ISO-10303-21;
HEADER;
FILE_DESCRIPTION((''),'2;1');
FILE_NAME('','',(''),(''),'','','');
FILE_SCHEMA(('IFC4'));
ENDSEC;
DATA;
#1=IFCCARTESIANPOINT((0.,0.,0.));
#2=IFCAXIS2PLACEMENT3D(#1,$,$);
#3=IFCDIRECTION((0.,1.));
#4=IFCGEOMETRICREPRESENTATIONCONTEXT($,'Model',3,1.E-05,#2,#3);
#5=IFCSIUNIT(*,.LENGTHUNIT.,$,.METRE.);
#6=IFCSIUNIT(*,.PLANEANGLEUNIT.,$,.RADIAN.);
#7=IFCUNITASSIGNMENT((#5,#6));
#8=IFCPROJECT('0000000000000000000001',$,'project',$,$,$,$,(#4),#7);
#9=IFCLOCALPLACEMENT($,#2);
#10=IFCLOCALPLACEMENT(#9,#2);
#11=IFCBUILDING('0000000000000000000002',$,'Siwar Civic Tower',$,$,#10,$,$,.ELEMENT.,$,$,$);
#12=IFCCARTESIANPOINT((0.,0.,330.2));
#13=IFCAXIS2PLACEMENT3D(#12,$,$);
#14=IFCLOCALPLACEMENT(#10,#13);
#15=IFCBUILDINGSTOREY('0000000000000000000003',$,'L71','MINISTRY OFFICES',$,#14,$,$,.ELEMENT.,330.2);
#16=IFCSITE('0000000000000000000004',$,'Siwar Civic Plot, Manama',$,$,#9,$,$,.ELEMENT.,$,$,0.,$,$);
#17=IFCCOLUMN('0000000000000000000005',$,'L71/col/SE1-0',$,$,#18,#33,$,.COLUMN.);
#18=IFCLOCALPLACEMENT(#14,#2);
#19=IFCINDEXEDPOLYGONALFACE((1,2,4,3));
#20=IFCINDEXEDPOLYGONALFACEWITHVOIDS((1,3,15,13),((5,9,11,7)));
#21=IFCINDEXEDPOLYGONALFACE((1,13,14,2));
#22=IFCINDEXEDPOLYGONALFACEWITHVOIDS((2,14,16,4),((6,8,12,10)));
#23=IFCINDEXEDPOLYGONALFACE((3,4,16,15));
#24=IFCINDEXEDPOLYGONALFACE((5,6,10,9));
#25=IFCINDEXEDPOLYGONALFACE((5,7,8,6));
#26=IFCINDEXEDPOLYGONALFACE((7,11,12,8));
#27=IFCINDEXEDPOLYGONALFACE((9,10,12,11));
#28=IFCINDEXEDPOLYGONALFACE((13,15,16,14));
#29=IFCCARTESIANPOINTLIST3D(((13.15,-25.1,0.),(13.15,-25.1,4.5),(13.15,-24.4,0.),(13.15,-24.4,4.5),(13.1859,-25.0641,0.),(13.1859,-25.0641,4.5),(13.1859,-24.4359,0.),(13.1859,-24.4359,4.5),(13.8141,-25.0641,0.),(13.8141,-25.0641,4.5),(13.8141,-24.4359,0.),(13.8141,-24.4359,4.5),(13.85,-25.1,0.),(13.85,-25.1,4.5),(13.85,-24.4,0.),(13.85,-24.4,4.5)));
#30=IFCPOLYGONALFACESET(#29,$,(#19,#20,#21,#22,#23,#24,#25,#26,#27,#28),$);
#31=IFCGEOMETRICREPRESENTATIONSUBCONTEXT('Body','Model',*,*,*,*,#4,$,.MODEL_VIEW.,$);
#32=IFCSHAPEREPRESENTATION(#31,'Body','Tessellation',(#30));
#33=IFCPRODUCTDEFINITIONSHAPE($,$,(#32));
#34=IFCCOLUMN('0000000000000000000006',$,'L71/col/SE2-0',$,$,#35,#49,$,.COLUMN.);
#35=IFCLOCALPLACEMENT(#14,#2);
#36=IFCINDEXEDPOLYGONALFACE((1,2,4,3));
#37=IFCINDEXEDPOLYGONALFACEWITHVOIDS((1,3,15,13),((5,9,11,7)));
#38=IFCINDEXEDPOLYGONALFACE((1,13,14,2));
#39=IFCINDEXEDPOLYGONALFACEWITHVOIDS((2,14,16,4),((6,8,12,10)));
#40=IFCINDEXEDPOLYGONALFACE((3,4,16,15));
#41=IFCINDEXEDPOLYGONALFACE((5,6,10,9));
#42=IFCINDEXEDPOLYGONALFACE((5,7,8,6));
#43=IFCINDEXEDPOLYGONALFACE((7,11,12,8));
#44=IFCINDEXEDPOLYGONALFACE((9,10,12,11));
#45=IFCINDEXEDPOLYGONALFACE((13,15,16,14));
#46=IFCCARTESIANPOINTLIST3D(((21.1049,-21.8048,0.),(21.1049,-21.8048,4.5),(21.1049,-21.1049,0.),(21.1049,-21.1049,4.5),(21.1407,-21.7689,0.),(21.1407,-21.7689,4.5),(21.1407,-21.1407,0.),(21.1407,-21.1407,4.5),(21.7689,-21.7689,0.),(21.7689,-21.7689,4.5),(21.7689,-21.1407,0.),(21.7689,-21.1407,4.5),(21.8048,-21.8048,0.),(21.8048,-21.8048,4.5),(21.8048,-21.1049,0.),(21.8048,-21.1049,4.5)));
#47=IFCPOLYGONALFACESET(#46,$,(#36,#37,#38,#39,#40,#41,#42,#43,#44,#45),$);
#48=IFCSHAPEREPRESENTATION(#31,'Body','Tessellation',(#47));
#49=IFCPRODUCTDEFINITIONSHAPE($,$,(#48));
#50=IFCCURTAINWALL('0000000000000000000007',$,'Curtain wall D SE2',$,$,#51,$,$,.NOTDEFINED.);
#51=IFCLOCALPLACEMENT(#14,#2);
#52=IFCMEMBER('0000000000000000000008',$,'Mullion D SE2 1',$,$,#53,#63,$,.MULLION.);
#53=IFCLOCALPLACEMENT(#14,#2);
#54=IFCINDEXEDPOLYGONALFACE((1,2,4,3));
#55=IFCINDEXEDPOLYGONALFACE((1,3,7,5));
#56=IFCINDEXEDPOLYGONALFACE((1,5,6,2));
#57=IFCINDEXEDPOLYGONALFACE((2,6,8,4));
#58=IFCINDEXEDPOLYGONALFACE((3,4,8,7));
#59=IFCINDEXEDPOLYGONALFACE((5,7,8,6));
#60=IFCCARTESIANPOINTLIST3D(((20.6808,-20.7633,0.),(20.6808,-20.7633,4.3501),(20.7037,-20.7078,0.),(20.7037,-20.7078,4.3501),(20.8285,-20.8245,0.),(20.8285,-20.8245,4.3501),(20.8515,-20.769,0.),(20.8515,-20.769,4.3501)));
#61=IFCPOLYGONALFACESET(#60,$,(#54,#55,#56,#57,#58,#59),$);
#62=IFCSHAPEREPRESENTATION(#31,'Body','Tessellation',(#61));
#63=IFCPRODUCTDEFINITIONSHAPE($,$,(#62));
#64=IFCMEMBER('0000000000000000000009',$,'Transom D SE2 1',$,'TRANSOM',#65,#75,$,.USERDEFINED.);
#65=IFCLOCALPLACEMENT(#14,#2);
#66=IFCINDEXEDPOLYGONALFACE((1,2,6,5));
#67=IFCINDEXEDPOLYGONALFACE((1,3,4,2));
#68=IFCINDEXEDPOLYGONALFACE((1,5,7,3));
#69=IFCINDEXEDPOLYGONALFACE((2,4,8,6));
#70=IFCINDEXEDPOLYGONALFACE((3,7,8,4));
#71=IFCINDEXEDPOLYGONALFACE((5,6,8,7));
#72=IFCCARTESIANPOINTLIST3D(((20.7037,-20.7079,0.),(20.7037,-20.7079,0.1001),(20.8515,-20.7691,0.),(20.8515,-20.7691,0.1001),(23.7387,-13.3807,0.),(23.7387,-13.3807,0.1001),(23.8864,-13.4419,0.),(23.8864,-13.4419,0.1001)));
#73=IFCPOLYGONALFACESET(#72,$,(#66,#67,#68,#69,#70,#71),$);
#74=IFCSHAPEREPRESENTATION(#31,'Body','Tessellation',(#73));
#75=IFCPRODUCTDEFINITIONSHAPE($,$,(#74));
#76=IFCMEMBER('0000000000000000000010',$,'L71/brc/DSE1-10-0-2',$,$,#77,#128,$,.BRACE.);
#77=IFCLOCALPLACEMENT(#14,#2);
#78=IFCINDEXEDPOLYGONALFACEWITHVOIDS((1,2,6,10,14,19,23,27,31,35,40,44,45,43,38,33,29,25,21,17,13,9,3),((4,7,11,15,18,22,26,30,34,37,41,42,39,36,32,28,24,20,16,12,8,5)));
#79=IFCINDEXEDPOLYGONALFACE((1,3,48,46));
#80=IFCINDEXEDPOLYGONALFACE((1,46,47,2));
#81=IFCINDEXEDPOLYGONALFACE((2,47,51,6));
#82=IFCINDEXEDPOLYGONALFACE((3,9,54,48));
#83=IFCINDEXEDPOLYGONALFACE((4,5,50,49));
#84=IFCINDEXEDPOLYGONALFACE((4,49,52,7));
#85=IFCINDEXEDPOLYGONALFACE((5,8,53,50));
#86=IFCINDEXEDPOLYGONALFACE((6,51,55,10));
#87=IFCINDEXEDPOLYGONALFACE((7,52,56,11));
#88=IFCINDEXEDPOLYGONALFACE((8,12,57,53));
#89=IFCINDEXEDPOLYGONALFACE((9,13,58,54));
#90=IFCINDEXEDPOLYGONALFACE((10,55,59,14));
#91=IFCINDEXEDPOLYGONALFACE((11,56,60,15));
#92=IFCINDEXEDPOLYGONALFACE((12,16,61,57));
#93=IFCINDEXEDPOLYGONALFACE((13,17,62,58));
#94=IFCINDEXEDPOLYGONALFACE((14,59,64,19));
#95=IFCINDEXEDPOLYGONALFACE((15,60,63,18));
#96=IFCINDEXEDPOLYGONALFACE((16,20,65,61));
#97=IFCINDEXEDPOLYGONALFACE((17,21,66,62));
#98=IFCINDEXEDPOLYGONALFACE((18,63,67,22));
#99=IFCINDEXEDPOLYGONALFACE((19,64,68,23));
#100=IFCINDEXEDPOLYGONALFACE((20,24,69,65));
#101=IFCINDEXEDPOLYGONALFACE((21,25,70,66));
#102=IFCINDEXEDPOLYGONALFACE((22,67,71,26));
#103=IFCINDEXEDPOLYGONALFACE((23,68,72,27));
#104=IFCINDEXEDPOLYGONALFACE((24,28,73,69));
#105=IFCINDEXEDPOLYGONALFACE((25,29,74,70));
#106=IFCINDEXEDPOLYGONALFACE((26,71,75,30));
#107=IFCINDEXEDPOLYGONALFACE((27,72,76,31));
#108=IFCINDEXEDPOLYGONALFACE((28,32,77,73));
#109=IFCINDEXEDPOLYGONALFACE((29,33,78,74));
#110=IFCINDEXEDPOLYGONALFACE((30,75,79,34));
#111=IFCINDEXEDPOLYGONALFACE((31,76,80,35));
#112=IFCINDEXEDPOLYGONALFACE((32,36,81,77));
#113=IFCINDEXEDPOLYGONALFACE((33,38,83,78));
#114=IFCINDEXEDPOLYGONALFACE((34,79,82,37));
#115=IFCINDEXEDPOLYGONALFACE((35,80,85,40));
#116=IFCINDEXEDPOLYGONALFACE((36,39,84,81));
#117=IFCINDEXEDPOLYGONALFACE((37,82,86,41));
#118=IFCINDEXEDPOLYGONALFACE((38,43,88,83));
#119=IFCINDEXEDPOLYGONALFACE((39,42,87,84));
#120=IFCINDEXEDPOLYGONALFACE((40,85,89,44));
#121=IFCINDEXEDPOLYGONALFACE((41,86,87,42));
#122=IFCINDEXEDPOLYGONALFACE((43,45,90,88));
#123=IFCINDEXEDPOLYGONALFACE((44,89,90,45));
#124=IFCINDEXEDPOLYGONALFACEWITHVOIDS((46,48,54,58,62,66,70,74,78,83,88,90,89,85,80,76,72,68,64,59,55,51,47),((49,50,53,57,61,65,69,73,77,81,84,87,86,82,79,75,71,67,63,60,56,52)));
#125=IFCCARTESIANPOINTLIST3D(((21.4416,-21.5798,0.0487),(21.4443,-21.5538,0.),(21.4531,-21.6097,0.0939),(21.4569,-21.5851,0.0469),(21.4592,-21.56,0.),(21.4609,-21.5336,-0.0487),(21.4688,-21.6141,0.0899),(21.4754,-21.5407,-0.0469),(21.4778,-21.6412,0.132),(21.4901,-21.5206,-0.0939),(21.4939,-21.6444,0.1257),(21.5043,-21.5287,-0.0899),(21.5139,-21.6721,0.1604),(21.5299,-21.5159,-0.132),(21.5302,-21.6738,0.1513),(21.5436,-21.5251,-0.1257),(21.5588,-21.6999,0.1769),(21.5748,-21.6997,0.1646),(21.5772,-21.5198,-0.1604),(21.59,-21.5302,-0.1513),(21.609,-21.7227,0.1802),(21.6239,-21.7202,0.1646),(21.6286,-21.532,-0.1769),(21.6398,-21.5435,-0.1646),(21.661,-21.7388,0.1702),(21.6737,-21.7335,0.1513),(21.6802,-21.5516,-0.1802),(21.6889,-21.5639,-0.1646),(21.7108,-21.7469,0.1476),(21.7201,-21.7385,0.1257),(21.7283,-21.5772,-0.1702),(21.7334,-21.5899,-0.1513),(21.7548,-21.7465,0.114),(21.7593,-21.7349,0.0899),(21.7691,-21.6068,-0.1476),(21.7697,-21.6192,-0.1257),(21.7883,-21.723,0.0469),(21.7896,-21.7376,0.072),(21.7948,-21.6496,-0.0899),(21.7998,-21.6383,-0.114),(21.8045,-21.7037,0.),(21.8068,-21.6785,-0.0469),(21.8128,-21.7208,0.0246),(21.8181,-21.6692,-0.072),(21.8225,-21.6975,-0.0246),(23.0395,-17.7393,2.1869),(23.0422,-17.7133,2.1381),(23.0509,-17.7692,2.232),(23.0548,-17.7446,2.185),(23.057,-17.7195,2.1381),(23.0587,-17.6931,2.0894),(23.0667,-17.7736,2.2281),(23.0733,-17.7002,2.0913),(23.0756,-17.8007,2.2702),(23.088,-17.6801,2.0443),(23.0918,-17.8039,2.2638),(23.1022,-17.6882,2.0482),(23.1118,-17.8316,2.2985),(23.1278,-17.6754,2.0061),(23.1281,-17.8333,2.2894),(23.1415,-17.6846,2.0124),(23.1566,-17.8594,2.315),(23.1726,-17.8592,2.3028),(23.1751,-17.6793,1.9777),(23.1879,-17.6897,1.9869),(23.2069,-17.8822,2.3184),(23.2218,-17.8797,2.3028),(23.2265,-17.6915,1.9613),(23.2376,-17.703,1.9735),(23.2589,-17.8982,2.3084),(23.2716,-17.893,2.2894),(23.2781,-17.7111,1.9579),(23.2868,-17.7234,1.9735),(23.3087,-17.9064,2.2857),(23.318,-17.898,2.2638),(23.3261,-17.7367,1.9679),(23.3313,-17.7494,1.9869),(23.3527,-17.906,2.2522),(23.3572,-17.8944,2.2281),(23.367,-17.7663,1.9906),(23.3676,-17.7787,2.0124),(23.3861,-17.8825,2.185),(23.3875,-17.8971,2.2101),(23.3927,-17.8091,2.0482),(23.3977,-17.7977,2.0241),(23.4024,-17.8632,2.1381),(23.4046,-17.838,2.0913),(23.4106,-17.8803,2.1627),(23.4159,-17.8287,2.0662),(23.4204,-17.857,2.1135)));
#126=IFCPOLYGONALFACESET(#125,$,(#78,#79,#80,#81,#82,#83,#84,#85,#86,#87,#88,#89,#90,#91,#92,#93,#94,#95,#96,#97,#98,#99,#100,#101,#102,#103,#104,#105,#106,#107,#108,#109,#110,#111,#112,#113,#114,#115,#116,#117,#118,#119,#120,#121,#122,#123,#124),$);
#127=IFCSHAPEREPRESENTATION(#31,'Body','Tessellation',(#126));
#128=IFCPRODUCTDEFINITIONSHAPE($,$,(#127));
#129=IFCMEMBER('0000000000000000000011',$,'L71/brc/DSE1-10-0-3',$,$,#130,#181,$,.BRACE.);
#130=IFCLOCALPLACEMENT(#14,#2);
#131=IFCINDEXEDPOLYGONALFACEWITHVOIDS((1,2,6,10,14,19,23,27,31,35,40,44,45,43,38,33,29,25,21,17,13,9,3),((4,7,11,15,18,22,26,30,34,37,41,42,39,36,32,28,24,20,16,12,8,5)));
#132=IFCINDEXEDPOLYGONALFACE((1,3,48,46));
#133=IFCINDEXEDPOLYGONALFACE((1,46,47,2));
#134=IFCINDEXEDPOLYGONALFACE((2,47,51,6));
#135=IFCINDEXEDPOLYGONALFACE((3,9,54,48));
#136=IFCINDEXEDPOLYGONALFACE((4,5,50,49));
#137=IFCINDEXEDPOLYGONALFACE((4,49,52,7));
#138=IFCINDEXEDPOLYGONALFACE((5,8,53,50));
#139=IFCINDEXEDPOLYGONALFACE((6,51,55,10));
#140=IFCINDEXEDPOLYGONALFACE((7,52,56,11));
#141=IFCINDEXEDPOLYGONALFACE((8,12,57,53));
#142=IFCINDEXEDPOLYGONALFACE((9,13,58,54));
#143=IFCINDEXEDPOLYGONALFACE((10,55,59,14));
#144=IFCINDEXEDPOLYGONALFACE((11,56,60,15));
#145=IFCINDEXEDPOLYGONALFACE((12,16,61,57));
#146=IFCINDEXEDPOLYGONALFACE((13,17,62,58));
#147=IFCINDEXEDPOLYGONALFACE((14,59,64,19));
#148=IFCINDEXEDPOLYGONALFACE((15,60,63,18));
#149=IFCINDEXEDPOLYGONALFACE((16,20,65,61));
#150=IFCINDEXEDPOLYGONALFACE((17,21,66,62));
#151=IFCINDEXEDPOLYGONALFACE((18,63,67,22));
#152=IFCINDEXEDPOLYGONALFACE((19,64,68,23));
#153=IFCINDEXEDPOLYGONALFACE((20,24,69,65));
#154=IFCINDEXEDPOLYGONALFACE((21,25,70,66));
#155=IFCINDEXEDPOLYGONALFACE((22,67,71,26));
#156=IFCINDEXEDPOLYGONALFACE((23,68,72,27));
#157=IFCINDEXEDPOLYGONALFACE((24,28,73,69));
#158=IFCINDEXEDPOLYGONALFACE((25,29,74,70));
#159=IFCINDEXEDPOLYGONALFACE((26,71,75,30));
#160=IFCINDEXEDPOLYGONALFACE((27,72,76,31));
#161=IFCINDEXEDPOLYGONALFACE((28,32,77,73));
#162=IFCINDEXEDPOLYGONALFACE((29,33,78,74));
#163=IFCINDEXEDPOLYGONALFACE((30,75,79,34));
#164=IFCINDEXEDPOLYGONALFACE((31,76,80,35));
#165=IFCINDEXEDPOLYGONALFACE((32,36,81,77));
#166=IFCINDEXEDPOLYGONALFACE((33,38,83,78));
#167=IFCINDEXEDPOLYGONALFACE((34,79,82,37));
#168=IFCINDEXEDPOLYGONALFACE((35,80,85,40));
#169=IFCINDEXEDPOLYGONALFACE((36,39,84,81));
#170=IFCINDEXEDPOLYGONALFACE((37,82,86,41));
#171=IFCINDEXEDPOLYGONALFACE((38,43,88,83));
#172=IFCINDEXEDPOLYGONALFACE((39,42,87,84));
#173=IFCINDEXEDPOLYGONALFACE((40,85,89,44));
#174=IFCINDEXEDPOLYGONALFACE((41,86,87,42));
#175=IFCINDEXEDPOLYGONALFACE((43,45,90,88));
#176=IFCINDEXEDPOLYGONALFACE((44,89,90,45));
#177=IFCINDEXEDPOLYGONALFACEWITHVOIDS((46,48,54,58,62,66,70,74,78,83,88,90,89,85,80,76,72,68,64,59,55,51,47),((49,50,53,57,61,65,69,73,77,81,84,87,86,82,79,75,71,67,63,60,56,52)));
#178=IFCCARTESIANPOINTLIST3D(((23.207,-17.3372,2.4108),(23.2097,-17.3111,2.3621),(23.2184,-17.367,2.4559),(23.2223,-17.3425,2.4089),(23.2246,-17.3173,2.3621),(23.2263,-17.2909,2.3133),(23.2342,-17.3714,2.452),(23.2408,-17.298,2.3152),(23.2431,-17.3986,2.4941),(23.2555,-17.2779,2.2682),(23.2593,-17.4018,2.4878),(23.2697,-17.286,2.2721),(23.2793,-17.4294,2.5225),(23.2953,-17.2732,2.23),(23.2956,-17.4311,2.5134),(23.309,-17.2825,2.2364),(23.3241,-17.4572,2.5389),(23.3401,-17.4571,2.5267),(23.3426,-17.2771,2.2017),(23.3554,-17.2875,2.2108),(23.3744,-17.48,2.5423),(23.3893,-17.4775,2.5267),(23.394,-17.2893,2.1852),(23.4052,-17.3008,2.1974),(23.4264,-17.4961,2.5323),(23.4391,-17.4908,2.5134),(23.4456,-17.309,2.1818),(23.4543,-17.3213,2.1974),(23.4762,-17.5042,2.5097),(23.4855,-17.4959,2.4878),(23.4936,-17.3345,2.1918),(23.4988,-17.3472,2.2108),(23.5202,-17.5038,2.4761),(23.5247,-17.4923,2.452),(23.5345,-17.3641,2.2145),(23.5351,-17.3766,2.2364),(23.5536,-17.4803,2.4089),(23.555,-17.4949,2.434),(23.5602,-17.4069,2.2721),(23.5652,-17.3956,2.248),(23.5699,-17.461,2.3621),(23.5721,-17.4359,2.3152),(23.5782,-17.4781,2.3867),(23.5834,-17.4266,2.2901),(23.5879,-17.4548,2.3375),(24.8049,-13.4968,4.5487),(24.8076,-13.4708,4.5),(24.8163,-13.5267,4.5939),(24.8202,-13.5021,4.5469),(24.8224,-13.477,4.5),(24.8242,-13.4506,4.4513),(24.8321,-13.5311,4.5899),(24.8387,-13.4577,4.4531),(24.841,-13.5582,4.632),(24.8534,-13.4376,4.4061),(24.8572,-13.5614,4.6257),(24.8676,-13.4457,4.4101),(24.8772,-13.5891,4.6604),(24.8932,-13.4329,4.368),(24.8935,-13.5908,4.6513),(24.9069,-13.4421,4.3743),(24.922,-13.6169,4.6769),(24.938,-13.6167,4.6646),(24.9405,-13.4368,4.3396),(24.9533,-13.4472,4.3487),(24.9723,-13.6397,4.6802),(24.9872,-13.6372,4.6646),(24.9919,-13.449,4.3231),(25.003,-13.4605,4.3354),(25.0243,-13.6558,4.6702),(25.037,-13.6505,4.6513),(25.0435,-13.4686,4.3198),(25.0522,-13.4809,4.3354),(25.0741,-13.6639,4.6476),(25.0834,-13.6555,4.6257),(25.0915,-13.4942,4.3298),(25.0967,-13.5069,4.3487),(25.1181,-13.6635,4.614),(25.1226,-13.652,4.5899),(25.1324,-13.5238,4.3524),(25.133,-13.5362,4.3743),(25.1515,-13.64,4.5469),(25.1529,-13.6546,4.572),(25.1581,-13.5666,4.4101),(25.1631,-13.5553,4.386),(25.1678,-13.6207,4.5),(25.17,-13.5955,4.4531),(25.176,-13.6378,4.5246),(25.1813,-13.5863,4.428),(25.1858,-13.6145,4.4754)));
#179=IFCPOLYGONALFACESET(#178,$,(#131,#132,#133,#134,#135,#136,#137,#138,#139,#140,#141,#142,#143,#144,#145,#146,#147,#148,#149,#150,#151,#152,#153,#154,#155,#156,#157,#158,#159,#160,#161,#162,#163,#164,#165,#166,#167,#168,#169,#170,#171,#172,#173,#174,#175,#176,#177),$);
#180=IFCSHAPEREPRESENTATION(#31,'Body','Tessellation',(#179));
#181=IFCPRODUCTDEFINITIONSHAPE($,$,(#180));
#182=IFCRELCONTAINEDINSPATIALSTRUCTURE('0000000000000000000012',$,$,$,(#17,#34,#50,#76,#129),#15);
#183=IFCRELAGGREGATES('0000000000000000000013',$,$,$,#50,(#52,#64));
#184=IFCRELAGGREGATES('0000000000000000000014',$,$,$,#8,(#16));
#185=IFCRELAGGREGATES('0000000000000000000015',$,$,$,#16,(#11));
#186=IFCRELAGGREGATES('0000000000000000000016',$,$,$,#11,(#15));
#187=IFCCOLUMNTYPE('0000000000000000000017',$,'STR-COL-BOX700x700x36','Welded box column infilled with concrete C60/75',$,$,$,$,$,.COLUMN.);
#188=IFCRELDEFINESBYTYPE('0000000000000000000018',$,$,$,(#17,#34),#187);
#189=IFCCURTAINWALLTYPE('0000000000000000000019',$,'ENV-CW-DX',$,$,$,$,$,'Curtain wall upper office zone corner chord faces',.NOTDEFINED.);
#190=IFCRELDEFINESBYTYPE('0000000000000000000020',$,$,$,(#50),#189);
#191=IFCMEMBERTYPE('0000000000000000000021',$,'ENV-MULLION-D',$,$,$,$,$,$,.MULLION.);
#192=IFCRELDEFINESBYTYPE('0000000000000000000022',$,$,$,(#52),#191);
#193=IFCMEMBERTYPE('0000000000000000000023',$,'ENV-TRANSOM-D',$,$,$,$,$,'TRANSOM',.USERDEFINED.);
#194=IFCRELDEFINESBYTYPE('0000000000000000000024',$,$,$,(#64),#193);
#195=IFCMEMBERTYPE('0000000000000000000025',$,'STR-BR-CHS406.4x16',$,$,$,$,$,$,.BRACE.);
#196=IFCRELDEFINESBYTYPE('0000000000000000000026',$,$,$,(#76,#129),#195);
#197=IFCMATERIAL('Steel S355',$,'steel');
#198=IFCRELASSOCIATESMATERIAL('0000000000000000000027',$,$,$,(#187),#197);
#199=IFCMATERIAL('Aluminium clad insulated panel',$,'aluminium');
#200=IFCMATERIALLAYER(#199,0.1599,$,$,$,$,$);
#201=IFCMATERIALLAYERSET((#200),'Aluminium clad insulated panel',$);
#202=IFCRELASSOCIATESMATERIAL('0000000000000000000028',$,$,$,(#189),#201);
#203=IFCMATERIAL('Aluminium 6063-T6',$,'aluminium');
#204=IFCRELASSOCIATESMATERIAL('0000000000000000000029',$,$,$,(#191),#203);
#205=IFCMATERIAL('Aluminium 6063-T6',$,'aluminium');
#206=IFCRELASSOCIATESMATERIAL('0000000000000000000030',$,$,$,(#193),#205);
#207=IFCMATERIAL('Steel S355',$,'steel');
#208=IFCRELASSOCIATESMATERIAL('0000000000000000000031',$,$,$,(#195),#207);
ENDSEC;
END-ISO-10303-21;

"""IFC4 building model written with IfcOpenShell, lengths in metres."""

from ifc_helpers import new_model, si_unit, direction, frame, origin, origin_2d, place, context, subcontext, project, spatial, rectangle, hollow_rectangle, hollow_circle, extrude, material, layer, layer_set, material_profile, profile_set, type_object, element, aggregate, save


model = new_model("IFC4")

# Units and contexts
model_context = context("Model", 3, precision=1e-05, world=origin(), true_north=direction((0.0, 1.0)))
body_context = subcontext(model_context, "Body", "Model", "MODEL_VIEW")
ifc_project = project(units=[si_unit("LENGTHUNIT", "METRE"), si_unit("PLANEANGLEUNIT", "RADIAN")], contexts=[model_context])

# Site, building, storey
site_placement = place(None, origin())
site = spatial("IfcSite", under=ifc_project, at=site_placement, Name="Siwar Civic Plot, Manama", CompositionType="ELEMENT", RefElevation=0.0)
building_placement = place(site_placement, origin())
building = spatial("IfcBuilding", under=site, at=building_placement, Name="Siwar Civic Tower", CompositionType="ELEMENT")
storey_placement = place(building_placement, frame((0.0, 0.0, 330.2)))
storey = spatial("IfcBuildingStorey", under=building, at=storey_placement, Name="L71", Description="MINISTRY OFFICES", CompositionType="ELEMENT", Elevation=330.2)

# Columns
ifc_material_1 = material(Name="Steel S355", Category="steel")
ifc_material_profile_1 = material_profile(ifc_material_1, hollow_rectangle(XDim=0.7, YDim=0.7, WallThickness=0.0359, at=origin_2d()), Name="BOX700x700x36")
ifc_profile_set_1 = profile_set([ifc_material_profile_1], Name="Steel S355")
column_type = type_object("IfcColumnType", Name="STR-COL-BOX700x700x36", Description="Welded box column infilled with concrete C60/75", PredefinedType="COLUMN", material=ifc_profile_set_1)
for number, where, z_axis, x_axis, name in (
    (1, (13.5, -24.75, 0.0), (0.0, 0.0, 1.0), (1.0, 0.0, 0.0), "L71/col/SE1-0"),
    (2, (21.4548, -21.4548, 0.0), (0.0, 0.0, 1.0), (1.0, 0.0, 0.0), "L71/col/SE2-0"),
):
    element("IfcColumn", number, at=place(storey_placement, frame(where, z_axis=z_axis, x_axis=x_axis)), inside=storey, type_object=column_type, Name=name, PredefinedType="COLUMN", context=body_context, shape_type="SweptSolid", body=[
        extrude(hollow_rectangle(XDim=0.7, YDim=0.7, WallThickness=0.0359, at=origin_2d()), origin(), (0.0, 0.0, 1.0), 4.5),
    ])

# Curtain wall, members
ifc_material_2 = material(Name="Aluminium clad insulated panel", Category="aluminium")
ifc_layer_1 = layer(ifc_material_2, 0.1599)
ifc_layer_set_1 = layer_set([ifc_layer_1], Name="Aluminium clad insulated panel")
curtain_wall_type = type_object("IfcCurtainWallType", Name="ENV-CW-DX", ElementType="Curtain wall upper office zone corner chord faces", PredefinedType="NOTDEFINED", material=ifc_layer_set_1)
curtain_wall_1_placement = place(storey_placement, origin())
curtain_wall_1 = element("IfcCurtainWall", 3, at=curtain_wall_1_placement, inside=storey, type_object=curtain_wall_type, Name="Curtain wall D SE2", PredefinedType="NOTDEFINED")
ifc_material_3 = material(Name="Aluminium 6063-T6", Category="aluminium")
ifc_material_profile_2 = material_profile(ifc_material_3, rectangle(XDim=0.1599, YDim=0.0601, at=origin_2d()), Name="AL 160x60")
ifc_profile_set_2 = profile_set([ifc_material_profile_2], Name="Aluminium 6063-T6")
member_type_1 = type_object("IfcMemberType", Name="ENV-MULLION-D", PredefinedType="MULLION", material=ifc_profile_set_2)
member_1_placement = place(storey_placement, frame((20.7661, -20.7661, 0.0), z_axis=(0.0, 0.0, 1.0), x_axis=(-0.92388, 0.382683, 0.0)))
member_1 = element("IfcMember", 4, at=member_1_placement, type_object=member_type_1, Name="Mullion D SE2 1", PredefinedType="MULLION", context=body_context, shape_type="SweptSolid", body=[
    extrude(rectangle(XDim=0.1599, YDim=0.0601, at=origin_2d()), origin(), (0.0, 0.0, 1.0), 4.3501),
])
ifc_material_4 = material(Name="Aluminium 6063-T6", Category="aluminium")
ifc_material_profile_3 = material_profile(ifc_material_4, rectangle(XDim=0.1599, YDim=0.1001, at=origin_2d()), Name="AL 160x100")
ifc_profile_set_3 = profile_set([ifc_material_profile_3], Name="Aluminium 6063-T6")
member_type_2 = type_object("IfcMemberType", Name="ENV-TRANSOM-D", ElementType="TRANSOM", PredefinedType="USERDEFINED", material=ifc_profile_set_3)
member_2_placement = place(storey_placement, frame((20.7776, -20.7385, 0.05), z_axis=(0.382674, 0.923884, 0.0), x_axis=(-0.923884, 0.382674, 0.0)))
member_2 = element("IfcMember", 5, at=member_2_placement, type_object=member_type_2, Name="Transom D SE2 1", ObjectType="TRANSOM", PredefinedType="USERDEFINED", context=body_context, shape_type="SweptSolid", body=[
    extrude(rectangle(XDim=0.1599, YDim=0.1001, at=origin_2d()), origin(), (0.0, 0.0, 1.0), 7.9309),
])

# Members
ifc_material_5 = material(Name="Steel S355", Category="steel")
ifc_material_profile_4 = material_profile(ifc_material_5, hollow_circle(Radius=0.2031, WallThickness=0.0161, at=origin_2d()), Name="CHS406.4x16")
ifc_profile_set_4 = profile_set([ifc_material_profile_4], Name="Steel S355")
member_type_3 = type_object("IfcMemberType", Name="STR-BR-CHS406.4x16", PredefinedType="BRACE", material=ifc_profile_set_4)
member_3_placement = place(storey_placement, frame((21.6318, -21.6318, 0.0), z_axis=(0.341644, 0.821147, 0.457161), x_axis=(-0.923276, 0.384136, 0.0)))
element("IfcMember", 6, at=member_3_placement, inside=storey, type_object=member_type_3, Name="L71/brc/DSE1-10-0-2", PredefinedType="BRACE", context=body_context, shape_type="SweptSolid", body=[
    extrude(hollow_circle(Radius=0.2031, WallThickness=0.0161, at=origin_2d()), origin(), (0.0, 0.0, 1.0), 4.677),
])
member_4_placement = place(storey_placement, frame((23.3972, -17.3892, 2.3621), z_axis=(0.341667, 0.82115, 0.45714), x_axis=(-0.923268, 0.384157, 0.0)))
element("IfcMember", 7, at=member_4_placement, inside=storey, type_object=member_type_3, Name="L71/brc/DSE1-10-0-3", PredefinedType="BRACE", context=body_context, shape_type="SweptSolid", body=[
    extrude(hollow_circle(Radius=0.2031, WallThickness=0.0161, at=origin_2d()), origin(), (0.0, 0.0, 1.0), 4.6768),
])

aggregate(curtain_wall_1, [member_1, member_2])

save(model, "model.ifc")
